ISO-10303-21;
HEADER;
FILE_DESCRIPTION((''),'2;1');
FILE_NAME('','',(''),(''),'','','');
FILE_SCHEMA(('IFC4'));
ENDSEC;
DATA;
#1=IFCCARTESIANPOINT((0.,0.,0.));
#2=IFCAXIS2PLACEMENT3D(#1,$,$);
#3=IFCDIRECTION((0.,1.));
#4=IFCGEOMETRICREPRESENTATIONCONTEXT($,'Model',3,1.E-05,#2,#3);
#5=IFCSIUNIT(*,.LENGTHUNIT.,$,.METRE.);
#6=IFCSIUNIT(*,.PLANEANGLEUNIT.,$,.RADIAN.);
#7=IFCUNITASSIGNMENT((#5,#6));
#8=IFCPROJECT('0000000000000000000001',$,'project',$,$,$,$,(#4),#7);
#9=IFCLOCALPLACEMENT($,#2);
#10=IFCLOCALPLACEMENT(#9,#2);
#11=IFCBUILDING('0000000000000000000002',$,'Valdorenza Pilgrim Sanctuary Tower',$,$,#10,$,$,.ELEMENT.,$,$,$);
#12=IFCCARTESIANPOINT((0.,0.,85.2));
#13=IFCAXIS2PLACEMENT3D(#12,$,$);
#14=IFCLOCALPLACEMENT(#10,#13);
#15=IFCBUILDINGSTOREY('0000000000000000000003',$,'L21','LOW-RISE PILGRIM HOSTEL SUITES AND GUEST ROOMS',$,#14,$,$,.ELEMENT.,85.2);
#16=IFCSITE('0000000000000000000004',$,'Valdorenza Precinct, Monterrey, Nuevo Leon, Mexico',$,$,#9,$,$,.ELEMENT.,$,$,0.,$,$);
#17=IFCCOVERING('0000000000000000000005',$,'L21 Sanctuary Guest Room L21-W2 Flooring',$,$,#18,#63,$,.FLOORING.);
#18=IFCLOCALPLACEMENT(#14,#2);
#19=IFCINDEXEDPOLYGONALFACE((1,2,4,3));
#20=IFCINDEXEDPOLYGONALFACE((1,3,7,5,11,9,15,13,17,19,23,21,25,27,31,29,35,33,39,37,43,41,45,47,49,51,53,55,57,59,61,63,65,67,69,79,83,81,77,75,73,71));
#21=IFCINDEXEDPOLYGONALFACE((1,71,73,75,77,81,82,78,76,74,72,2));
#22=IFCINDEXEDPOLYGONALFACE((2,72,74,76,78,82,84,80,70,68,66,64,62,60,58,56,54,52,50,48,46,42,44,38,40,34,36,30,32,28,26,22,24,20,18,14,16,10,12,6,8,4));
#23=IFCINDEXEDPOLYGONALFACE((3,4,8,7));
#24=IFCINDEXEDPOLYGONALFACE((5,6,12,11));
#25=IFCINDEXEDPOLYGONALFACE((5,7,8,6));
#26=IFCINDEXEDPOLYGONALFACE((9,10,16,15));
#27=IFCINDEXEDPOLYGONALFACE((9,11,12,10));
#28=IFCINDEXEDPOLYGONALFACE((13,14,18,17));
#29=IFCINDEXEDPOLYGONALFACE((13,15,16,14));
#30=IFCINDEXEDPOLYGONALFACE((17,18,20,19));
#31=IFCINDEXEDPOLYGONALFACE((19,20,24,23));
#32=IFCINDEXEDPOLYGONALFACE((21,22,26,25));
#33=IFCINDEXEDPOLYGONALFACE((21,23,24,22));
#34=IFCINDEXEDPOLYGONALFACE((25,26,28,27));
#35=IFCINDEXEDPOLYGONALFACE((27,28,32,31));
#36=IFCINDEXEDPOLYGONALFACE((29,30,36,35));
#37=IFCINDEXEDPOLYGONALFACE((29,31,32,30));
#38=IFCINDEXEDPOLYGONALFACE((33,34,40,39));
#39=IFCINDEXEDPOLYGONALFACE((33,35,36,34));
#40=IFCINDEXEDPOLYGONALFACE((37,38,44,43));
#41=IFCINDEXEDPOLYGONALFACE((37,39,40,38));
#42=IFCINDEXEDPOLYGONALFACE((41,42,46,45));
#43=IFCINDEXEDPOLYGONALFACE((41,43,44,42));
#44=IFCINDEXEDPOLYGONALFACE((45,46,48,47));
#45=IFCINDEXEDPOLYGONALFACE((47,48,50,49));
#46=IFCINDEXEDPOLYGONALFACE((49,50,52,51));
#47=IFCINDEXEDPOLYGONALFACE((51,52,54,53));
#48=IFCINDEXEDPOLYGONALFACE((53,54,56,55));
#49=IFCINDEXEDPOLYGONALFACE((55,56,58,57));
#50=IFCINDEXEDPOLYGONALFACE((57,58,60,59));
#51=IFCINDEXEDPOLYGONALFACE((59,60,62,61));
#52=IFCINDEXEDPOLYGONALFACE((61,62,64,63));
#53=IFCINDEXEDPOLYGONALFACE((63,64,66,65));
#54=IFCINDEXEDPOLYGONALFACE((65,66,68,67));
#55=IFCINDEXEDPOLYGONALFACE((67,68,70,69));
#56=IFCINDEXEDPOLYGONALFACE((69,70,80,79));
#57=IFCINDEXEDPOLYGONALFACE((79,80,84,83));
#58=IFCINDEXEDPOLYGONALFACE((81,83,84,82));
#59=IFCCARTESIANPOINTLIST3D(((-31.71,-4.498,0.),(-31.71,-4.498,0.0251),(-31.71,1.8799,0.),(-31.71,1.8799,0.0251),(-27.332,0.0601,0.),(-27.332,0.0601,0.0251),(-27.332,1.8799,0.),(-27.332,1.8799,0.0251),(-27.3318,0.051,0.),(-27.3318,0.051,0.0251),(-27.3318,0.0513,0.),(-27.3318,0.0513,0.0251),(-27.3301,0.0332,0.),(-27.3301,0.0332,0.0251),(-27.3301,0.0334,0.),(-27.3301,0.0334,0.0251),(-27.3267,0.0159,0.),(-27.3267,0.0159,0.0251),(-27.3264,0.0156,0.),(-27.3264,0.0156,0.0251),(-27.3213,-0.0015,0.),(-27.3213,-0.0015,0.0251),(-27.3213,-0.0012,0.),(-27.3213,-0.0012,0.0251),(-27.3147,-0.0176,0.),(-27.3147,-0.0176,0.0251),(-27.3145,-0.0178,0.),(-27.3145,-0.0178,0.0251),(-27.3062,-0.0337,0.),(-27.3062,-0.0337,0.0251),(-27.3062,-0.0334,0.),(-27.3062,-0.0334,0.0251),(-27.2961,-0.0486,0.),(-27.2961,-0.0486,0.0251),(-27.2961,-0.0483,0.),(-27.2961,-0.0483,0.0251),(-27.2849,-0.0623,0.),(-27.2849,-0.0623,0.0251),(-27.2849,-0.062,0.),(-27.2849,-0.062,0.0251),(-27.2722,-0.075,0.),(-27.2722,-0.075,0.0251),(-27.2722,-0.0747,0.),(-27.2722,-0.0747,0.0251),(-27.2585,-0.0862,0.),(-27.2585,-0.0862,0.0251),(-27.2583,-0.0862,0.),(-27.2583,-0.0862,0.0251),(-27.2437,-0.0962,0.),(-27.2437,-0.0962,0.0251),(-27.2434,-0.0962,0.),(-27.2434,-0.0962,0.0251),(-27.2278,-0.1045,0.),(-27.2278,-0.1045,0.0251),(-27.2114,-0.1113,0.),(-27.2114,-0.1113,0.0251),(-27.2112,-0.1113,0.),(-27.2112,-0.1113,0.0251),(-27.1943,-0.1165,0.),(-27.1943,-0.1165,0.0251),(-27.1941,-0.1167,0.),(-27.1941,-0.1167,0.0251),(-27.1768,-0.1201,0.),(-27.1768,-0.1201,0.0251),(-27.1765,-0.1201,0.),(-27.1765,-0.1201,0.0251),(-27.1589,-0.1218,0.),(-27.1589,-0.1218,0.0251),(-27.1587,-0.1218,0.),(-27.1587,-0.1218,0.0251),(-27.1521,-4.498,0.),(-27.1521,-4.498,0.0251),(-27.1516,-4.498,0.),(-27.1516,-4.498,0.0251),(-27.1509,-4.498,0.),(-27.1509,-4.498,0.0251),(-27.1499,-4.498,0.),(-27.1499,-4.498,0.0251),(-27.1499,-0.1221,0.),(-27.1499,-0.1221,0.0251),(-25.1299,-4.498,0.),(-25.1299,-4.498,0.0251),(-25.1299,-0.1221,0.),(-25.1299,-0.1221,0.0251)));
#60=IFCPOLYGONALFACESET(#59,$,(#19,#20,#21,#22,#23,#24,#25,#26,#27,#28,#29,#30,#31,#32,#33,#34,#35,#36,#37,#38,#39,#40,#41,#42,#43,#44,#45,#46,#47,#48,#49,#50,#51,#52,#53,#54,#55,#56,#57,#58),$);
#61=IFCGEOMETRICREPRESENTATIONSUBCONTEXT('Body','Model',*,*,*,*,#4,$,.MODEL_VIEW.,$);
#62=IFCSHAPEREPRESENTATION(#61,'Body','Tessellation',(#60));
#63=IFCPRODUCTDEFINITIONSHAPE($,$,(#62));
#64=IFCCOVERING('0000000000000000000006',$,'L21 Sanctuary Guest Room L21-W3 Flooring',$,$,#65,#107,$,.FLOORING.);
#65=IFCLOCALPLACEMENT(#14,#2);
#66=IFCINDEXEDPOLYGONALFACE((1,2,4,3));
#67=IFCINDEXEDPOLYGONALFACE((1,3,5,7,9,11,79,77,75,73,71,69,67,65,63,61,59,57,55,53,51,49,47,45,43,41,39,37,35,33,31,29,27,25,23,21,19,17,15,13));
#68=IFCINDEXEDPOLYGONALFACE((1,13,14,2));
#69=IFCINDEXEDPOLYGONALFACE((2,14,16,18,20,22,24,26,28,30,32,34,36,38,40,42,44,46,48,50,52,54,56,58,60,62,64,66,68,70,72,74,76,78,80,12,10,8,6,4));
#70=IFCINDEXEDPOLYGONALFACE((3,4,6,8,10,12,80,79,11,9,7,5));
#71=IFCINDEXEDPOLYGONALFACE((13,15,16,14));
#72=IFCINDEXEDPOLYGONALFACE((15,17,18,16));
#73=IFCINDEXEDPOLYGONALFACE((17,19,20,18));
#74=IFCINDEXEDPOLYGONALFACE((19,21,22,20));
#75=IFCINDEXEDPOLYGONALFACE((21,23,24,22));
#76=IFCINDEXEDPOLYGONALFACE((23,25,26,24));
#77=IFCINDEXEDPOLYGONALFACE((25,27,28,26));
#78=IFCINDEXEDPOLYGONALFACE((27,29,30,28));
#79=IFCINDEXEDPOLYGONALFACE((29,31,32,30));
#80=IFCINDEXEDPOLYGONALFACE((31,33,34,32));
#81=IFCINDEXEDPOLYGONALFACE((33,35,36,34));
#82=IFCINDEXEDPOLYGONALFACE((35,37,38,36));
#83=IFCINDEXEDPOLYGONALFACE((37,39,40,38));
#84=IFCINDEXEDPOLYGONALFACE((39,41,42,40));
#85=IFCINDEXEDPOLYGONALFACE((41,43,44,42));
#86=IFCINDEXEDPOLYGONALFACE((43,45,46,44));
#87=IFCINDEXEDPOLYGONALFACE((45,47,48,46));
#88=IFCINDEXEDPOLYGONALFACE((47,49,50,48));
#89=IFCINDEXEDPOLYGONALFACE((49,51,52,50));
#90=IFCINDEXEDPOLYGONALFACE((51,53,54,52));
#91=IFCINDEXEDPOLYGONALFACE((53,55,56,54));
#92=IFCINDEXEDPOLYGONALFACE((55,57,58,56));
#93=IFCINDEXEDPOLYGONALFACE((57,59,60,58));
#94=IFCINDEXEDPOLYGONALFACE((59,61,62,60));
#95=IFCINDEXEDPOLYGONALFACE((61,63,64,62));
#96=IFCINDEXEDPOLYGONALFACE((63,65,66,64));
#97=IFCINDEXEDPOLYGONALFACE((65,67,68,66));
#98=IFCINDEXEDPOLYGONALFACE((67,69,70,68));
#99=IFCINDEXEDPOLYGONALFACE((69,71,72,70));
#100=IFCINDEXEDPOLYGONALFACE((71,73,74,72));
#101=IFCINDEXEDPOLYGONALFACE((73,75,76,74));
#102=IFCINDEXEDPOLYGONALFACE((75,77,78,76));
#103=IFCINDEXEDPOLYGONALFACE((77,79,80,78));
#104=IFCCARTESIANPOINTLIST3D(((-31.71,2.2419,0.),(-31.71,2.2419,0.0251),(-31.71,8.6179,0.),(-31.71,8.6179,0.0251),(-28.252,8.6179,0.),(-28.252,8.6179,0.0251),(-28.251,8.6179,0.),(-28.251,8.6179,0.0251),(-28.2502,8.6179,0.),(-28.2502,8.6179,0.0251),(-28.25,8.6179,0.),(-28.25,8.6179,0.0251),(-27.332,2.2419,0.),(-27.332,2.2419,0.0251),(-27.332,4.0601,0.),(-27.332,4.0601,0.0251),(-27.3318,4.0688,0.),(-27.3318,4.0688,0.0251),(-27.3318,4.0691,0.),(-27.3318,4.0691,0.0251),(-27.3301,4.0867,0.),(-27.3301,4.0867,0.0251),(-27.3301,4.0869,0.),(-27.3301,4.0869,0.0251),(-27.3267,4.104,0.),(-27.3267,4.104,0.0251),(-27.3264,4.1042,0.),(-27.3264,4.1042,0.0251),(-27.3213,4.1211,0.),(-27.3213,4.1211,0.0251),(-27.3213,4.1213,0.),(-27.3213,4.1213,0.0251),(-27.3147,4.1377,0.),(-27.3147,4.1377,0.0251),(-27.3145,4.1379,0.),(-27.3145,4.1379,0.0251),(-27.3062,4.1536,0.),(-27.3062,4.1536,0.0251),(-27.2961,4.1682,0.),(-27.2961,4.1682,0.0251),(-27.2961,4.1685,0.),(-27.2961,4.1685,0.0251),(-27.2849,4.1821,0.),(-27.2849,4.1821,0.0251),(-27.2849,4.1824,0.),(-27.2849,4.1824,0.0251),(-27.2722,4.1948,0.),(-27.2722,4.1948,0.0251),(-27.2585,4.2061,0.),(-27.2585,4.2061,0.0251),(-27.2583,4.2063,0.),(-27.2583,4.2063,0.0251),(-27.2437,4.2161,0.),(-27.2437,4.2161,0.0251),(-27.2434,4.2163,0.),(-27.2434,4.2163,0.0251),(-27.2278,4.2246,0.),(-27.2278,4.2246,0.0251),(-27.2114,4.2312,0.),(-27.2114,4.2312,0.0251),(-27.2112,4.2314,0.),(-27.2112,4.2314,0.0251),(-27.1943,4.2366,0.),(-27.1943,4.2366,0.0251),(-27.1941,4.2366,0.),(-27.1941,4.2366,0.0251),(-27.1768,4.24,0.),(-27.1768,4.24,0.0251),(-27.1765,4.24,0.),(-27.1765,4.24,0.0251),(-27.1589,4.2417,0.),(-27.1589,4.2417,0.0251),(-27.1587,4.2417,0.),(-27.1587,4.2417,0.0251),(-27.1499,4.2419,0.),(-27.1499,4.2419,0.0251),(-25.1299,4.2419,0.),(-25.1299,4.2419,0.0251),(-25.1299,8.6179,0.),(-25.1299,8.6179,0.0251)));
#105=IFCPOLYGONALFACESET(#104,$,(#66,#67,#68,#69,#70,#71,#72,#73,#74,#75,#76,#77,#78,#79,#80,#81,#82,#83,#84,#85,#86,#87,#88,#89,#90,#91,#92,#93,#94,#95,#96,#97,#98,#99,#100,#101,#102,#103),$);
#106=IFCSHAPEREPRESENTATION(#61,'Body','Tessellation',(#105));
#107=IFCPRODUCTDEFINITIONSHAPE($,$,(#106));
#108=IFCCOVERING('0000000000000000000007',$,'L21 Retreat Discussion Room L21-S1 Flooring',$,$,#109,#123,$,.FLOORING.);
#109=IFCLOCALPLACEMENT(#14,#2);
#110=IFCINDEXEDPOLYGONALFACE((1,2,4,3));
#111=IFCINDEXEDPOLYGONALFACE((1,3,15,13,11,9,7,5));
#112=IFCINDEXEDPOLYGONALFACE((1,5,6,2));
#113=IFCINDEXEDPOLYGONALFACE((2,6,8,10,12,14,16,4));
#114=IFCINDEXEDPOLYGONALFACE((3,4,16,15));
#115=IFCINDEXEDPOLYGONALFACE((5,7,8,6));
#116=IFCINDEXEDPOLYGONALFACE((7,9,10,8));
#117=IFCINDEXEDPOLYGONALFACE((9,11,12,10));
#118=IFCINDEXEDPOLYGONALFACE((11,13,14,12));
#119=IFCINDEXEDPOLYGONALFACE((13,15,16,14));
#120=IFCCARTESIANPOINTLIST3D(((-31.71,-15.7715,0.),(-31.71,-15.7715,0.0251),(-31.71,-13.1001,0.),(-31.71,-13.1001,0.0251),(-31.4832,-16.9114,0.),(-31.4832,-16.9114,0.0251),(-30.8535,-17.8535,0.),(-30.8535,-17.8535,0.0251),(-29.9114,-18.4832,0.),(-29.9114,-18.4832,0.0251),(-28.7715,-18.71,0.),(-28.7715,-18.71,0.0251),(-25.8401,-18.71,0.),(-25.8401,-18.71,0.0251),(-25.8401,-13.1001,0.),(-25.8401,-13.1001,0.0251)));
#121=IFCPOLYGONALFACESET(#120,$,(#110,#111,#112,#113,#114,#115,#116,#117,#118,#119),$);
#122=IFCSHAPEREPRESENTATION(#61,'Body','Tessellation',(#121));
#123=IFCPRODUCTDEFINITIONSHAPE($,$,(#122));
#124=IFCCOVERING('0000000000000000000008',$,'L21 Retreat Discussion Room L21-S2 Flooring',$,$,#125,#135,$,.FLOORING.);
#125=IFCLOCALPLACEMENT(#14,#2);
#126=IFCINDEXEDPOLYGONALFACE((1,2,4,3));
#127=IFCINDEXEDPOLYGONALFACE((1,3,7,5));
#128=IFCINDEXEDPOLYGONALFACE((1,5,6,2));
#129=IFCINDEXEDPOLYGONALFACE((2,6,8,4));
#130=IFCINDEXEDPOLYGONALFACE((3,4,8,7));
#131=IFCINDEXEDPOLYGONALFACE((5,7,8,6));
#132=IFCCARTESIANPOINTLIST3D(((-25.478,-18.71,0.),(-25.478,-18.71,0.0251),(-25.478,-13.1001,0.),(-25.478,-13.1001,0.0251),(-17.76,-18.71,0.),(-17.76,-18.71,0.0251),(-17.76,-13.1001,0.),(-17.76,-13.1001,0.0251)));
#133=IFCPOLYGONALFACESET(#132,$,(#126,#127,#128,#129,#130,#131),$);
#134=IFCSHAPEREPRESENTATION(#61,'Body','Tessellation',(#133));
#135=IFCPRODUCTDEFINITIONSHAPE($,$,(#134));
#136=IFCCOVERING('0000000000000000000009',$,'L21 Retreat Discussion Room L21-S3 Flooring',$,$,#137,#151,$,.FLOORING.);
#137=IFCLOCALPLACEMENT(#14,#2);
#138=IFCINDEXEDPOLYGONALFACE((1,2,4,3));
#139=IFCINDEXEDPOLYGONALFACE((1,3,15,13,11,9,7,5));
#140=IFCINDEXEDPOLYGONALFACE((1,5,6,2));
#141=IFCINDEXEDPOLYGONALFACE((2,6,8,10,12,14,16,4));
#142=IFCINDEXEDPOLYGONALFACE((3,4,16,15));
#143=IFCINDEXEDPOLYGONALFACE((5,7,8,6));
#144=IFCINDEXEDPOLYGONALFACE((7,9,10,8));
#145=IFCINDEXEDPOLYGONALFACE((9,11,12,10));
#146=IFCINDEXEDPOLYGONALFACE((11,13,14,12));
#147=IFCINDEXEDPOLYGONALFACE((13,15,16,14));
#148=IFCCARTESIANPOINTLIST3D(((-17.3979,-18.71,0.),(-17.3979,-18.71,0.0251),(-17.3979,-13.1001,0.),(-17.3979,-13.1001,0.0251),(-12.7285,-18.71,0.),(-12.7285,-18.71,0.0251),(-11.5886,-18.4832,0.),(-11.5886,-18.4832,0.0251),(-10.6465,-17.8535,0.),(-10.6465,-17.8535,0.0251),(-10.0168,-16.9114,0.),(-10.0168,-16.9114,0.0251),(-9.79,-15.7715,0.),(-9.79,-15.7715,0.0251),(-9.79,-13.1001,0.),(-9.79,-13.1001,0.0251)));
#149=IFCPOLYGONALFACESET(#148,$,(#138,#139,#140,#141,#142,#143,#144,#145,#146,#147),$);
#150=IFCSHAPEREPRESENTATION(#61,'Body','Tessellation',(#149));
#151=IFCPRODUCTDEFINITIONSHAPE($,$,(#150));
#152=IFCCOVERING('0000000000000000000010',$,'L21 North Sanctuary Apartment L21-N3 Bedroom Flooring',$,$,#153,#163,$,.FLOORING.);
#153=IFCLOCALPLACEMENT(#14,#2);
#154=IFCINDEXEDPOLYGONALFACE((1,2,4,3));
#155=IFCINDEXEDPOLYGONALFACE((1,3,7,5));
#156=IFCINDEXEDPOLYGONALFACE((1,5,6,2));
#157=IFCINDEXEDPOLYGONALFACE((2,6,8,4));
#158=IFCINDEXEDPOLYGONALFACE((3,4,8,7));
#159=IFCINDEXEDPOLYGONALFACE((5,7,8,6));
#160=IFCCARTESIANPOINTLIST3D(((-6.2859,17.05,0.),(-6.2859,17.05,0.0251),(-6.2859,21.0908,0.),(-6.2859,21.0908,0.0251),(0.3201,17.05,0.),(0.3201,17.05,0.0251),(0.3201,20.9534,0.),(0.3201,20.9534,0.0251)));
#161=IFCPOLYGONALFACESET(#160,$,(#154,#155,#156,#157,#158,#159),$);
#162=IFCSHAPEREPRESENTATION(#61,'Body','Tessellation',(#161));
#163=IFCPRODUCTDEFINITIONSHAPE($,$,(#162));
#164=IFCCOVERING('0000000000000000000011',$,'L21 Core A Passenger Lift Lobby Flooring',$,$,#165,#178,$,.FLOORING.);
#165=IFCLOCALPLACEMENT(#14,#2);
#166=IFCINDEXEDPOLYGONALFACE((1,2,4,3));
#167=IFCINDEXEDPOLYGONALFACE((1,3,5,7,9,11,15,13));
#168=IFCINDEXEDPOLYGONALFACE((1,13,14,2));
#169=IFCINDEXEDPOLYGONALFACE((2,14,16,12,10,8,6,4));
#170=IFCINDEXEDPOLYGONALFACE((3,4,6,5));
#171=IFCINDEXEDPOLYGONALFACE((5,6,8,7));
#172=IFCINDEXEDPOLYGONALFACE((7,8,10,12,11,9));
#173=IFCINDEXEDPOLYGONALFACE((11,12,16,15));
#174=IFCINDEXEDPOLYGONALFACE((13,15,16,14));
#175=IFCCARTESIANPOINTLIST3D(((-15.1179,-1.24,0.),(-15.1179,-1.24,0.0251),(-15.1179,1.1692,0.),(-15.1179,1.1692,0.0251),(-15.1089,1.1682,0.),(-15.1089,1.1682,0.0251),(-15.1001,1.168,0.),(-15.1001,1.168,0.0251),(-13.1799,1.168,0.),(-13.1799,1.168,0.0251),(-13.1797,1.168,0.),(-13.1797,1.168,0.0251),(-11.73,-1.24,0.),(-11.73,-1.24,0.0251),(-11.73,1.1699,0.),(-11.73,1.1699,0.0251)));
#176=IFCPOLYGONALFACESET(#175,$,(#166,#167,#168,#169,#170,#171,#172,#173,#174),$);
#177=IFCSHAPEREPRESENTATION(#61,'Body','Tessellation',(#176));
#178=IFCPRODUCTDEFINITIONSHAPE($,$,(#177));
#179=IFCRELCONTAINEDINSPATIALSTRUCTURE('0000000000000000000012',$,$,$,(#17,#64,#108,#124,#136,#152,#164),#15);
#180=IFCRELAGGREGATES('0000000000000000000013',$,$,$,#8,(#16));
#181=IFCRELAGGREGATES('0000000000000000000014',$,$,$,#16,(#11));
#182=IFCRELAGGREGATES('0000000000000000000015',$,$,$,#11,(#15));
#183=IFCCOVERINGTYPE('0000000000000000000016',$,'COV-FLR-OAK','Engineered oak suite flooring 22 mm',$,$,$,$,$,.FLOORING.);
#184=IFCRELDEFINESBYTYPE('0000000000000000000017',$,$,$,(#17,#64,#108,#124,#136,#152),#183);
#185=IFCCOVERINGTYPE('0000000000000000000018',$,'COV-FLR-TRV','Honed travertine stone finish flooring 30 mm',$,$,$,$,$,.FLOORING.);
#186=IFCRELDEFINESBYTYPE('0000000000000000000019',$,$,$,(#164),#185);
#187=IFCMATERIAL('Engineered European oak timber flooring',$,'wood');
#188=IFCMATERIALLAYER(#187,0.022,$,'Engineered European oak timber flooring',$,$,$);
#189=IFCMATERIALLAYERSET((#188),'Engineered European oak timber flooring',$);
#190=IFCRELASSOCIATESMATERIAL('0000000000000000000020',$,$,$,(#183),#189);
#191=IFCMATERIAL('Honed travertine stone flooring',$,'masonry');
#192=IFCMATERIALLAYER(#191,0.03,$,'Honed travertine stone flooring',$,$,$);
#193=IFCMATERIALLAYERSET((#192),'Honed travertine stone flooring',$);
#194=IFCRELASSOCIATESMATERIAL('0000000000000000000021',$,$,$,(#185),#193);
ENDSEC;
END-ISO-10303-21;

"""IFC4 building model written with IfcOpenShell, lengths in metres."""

from ifc_helpers import new_model, si_unit, direction, frame, origin, place, context, subcontext, project, spatial, polyline, outline, extrude, material, layer, layer_set, type_object, element, save


model = new_model("IFC4")

# Units and contexts
model_context = context("Model", 3, precision=1e-05, world=origin(), true_north=direction((0.0, 1.0)))
body_context = subcontext(model_context, "Body", "Model", "MODEL_VIEW")
ifc_project = project(units=[si_unit("LENGTHUNIT", "METRE"), si_unit("PLANEANGLEUNIT", "RADIAN")], contexts=[model_context])

# Site, building, storey
site_placement = place(None, origin())
site = spatial("IfcSite", under=ifc_project, at=site_placement, Name="Valdorenza Precinct, Monterrey, Nuevo Leon, Mexico", CompositionType="ELEMENT", RefElevation=0.0)
building_placement = place(site_placement, origin())
building = spatial("IfcBuilding", under=site, at=building_placement, Name="Valdorenza Pilgrim Sanctuary Tower", CompositionType="ELEMENT")
storey_placement = place(building_placement, frame((0.0, 0.0, 85.2)))
storey = spatial("IfcBuildingStorey", under=building, at=storey_placement, Name="L21", Description="LOW-RISE PILGRIM HOSTEL SUITES AND GUEST ROOMS", CompositionType="ELEMENT", Elevation=85.2)

# Coverings
ifc_material_1 = material(Name="Engineered European oak timber flooring", Category="wood")
ifc_layer_1 = layer(ifc_material_1, 0.022, Name="Engineered European oak timber flooring")
ifc_layer_set_1 = layer_set([ifc_layer_1], Name="Engineered European oak timber flooring")
covering_type_1 = type_object("IfcCoveringType", Name="COV-FLR-OAK", Description="Engineered oak suite flooring 22 mm", PredefinedType="FLOORING", material=ifc_layer_set_1)
covering_1_placement = place(storey_placement, origin())
element("IfcCovering", 1, at=covering_1_placement, inside=storey, type_object=covering_type_1, Name="L21 Sanctuary Guest Room L21-W2 Flooring", PredefinedType="FLOORING", context=body_context, shape_type="SweptSolid", body=[
    extrude(outline(polyline([(-31.71, 1.8799), (-27.332, 1.8799), (-27.332, 0.0601), (-27.3318, 0.0513), (-27.3318, 0.051), (-27.3301, 0.0334), (-27.3301, 0.0332), (-27.3267, 0.0159), (-27.3264, 0.0156), (-27.3213, -0.0012), (-27.3213, -0.0015), (-27.3147, -0.0176), (-27.3145, -0.0178), (-27.3062, -0.0334), (-27.3062, -0.0337), (-27.2961, -0.0483), (-27.2961, -0.0486), (-27.2849, -0.062), (-27.2849, -0.0623), (-27.2722, -0.0747), (-27.2722, -0.075), (-27.2585, -0.0862), (-27.2583, -0.0862), (-27.2437, -0.0962), (-27.2434, -0.0962), (-27.2278, -0.1045), (-27.2278, -0.1045), (-27.2114, -0.1113), (-27.2112, -0.1113), (-27.1943, -0.1165), (-27.1941, -0.1167), (-27.1768, -0.1201), (-27.1765, -0.1201), (-27.1589, -0.1218), (-27.1587, -0.1218), (-27.1499, -0.1221), (-25.1299, -0.1221), (-25.1299, -4.498), (-27.1499, -4.498), (-27.1509, -4.498), (-27.1516, -4.498), (-27.1521, -4.498), (-31.71, -4.498), (-31.71, 1.8799)])), origin(), (0.0, 0.0, 1.0), 0.0251),
])
covering_2_placement = place(storey_placement, origin())
element("IfcCovering", 2, at=covering_2_placement, inside=storey, type_object=covering_type_1, Name="L21 Sanctuary Guest Room L21-W3 Flooring", PredefinedType="FLOORING", context=body_context, shape_type="SweptSolid", body=[
    extrude(outline(polyline([(-28.2502, 8.6179), (-28.25, 8.6179), (-25.1299, 8.6179), (-25.1299, 4.2419), (-27.1499, 4.2419), (-27.1587, 4.2417), (-27.1589, 4.2417), (-27.1765, 4.24), (-27.1768, 4.24), (-27.1941, 4.2366), (-27.1943, 4.2366), (-27.2112, 4.2314), (-27.2114, 4.2312), (-27.2278, 4.2246), (-27.2278, 4.2246), (-27.2434, 4.2163), (-27.2437, 4.2161), (-27.2583, 4.2063), (-27.2585, 4.2061), (-27.2722, 4.1948), (-27.2722, 4.1948), (-27.2849, 4.1824), (-27.2849, 4.1821), (-27.2961, 4.1685), (-27.2961, 4.1682), (-27.3062, 4.1536), (-27.3062, 4.1536), (-27.3145, 4.1379), (-27.3147, 4.1377), (-27.3213, 4.1213), (-27.3213, 4.1211), (-27.3264, 4.1042), (-27.3267, 4.104), (-27.3301, 4.0869), (-27.3301, 4.0867), (-27.3318, 4.0691), (-27.3318, 4.0688), (-27.332, 4.0601), (-27.332, 2.2419), (-31.71, 2.2419), (-31.71, 8.6179), (-28.252, 8.6179), (-28.251, 8.6179), (-28.2502, 8.6179)])), origin(), (0.0, 0.0, 1.0), 0.0251),
])
covering_3_placement = place(storey_placement, origin())
element("IfcCovering", 3, at=covering_3_placement, inside=storey, type_object=covering_type_1, Name="L21 Retreat Discussion Room L21-S1 Flooring", PredefinedType="FLOORING", context=body_context, shape_type="SweptSolid", body=[
    extrude(outline(polyline([(-25.8401, -18.71), (-28.7715, -18.71), (-29.9114, -18.4832), (-30.8535, -17.8535), (-31.4832, -16.9114), (-31.71, -15.7715), (-31.71, -13.1001), (-25.8401, -13.1001), (-25.8401, -18.71)])), origin(), (0.0, 0.0, 1.0), 0.0251),
])
covering_4_placement = place(storey_placement, origin())
element("IfcCovering", 4, at=covering_4_placement, inside=storey, type_object=covering_type_1, Name="L21 Retreat Discussion Room L21-S2 Flooring", PredefinedType="FLOORING", context=body_context, shape_type="SweptSolid", body=[
    extrude(outline(polyline([(-17.76, -13.1001), (-17.76, -18.71), (-25.478, -18.71), (-25.478, -13.1001), (-17.76, -13.1001)])), origin(), (0.0, 0.0, 1.0), 0.0251),
])
covering_5_placement = place(storey_placement, origin())
element("IfcCovering", 5, at=covering_5_placement, inside=storey, type_object=covering_type_1, Name="L21 Retreat Discussion Room L21-S3 Flooring", PredefinedType="FLOORING", context=body_context, shape_type="SweptSolid", body=[
    extrude(outline(polyline([(-9.79, -13.1001), (-9.79, -15.7715), (-10.0168, -16.9114), (-10.6465, -17.8535), (-11.5886, -18.4832), (-12.7285, -18.71), (-17.3979, -18.71), (-17.3979, -13.1001), (-9.79, -13.1001)])), origin(), (0.0, 0.0, 1.0), 0.0251),
])
covering_6_placement = place(storey_placement, origin())
element("IfcCovering", 6, at=covering_6_placement, inside=storey, type_object=covering_type_1, Name="L21 North Sanctuary Apartment L21-N3 Bedroom Flooring", PredefinedType="FLOORING", context=body_context, shape_type="SweptSolid", body=[
    extrude(outline(polyline([(-6.2859, 17.05), (-6.2859, 21.0908), (0.3201, 20.9534), (0.3201, 17.05), (-6.2859, 17.05)])), origin(), (0.0, 0.0, 1.0), 0.0251),
])
ifc_material_2 = material(Name="Honed travertine stone flooring", Category="masonry")
ifc_layer_2 = layer(ifc_material_2, 0.03, Name="Honed travertine stone flooring")
ifc_layer_set_2 = layer_set([ifc_layer_2], Name="Honed travertine stone flooring")
covering_type_2 = type_object("IfcCoveringType", Name="COV-FLR-TRV", Description="Honed travertine stone finish flooring 30 mm", PredefinedType="FLOORING", material=ifc_layer_set_2)
covering_7_placement = place(storey_placement, origin())
element("IfcCovering", 7, at=covering_7_placement, inside=storey, type_object=covering_type_2, Name="L21 Core A Passenger Lift Lobby Flooring", PredefinedType="FLOORING", context=body_context, shape_type="SweptSolid", body=[
    extrude(outline(polyline([(-15.1179, 1.1692), (-15.1089, 1.1682), (-15.1089, 1.1682), (-15.1001, 1.168), (-13.1799, 1.168), (-13.1797, 1.168), (-11.73, 1.1699), (-11.73, -1.24), (-15.1179, -1.24), (-15.1179, 1.1692)])), origin(), (0.0, 0.0, 1.0), 0.0251),
])

save(model, "model.ifc")
